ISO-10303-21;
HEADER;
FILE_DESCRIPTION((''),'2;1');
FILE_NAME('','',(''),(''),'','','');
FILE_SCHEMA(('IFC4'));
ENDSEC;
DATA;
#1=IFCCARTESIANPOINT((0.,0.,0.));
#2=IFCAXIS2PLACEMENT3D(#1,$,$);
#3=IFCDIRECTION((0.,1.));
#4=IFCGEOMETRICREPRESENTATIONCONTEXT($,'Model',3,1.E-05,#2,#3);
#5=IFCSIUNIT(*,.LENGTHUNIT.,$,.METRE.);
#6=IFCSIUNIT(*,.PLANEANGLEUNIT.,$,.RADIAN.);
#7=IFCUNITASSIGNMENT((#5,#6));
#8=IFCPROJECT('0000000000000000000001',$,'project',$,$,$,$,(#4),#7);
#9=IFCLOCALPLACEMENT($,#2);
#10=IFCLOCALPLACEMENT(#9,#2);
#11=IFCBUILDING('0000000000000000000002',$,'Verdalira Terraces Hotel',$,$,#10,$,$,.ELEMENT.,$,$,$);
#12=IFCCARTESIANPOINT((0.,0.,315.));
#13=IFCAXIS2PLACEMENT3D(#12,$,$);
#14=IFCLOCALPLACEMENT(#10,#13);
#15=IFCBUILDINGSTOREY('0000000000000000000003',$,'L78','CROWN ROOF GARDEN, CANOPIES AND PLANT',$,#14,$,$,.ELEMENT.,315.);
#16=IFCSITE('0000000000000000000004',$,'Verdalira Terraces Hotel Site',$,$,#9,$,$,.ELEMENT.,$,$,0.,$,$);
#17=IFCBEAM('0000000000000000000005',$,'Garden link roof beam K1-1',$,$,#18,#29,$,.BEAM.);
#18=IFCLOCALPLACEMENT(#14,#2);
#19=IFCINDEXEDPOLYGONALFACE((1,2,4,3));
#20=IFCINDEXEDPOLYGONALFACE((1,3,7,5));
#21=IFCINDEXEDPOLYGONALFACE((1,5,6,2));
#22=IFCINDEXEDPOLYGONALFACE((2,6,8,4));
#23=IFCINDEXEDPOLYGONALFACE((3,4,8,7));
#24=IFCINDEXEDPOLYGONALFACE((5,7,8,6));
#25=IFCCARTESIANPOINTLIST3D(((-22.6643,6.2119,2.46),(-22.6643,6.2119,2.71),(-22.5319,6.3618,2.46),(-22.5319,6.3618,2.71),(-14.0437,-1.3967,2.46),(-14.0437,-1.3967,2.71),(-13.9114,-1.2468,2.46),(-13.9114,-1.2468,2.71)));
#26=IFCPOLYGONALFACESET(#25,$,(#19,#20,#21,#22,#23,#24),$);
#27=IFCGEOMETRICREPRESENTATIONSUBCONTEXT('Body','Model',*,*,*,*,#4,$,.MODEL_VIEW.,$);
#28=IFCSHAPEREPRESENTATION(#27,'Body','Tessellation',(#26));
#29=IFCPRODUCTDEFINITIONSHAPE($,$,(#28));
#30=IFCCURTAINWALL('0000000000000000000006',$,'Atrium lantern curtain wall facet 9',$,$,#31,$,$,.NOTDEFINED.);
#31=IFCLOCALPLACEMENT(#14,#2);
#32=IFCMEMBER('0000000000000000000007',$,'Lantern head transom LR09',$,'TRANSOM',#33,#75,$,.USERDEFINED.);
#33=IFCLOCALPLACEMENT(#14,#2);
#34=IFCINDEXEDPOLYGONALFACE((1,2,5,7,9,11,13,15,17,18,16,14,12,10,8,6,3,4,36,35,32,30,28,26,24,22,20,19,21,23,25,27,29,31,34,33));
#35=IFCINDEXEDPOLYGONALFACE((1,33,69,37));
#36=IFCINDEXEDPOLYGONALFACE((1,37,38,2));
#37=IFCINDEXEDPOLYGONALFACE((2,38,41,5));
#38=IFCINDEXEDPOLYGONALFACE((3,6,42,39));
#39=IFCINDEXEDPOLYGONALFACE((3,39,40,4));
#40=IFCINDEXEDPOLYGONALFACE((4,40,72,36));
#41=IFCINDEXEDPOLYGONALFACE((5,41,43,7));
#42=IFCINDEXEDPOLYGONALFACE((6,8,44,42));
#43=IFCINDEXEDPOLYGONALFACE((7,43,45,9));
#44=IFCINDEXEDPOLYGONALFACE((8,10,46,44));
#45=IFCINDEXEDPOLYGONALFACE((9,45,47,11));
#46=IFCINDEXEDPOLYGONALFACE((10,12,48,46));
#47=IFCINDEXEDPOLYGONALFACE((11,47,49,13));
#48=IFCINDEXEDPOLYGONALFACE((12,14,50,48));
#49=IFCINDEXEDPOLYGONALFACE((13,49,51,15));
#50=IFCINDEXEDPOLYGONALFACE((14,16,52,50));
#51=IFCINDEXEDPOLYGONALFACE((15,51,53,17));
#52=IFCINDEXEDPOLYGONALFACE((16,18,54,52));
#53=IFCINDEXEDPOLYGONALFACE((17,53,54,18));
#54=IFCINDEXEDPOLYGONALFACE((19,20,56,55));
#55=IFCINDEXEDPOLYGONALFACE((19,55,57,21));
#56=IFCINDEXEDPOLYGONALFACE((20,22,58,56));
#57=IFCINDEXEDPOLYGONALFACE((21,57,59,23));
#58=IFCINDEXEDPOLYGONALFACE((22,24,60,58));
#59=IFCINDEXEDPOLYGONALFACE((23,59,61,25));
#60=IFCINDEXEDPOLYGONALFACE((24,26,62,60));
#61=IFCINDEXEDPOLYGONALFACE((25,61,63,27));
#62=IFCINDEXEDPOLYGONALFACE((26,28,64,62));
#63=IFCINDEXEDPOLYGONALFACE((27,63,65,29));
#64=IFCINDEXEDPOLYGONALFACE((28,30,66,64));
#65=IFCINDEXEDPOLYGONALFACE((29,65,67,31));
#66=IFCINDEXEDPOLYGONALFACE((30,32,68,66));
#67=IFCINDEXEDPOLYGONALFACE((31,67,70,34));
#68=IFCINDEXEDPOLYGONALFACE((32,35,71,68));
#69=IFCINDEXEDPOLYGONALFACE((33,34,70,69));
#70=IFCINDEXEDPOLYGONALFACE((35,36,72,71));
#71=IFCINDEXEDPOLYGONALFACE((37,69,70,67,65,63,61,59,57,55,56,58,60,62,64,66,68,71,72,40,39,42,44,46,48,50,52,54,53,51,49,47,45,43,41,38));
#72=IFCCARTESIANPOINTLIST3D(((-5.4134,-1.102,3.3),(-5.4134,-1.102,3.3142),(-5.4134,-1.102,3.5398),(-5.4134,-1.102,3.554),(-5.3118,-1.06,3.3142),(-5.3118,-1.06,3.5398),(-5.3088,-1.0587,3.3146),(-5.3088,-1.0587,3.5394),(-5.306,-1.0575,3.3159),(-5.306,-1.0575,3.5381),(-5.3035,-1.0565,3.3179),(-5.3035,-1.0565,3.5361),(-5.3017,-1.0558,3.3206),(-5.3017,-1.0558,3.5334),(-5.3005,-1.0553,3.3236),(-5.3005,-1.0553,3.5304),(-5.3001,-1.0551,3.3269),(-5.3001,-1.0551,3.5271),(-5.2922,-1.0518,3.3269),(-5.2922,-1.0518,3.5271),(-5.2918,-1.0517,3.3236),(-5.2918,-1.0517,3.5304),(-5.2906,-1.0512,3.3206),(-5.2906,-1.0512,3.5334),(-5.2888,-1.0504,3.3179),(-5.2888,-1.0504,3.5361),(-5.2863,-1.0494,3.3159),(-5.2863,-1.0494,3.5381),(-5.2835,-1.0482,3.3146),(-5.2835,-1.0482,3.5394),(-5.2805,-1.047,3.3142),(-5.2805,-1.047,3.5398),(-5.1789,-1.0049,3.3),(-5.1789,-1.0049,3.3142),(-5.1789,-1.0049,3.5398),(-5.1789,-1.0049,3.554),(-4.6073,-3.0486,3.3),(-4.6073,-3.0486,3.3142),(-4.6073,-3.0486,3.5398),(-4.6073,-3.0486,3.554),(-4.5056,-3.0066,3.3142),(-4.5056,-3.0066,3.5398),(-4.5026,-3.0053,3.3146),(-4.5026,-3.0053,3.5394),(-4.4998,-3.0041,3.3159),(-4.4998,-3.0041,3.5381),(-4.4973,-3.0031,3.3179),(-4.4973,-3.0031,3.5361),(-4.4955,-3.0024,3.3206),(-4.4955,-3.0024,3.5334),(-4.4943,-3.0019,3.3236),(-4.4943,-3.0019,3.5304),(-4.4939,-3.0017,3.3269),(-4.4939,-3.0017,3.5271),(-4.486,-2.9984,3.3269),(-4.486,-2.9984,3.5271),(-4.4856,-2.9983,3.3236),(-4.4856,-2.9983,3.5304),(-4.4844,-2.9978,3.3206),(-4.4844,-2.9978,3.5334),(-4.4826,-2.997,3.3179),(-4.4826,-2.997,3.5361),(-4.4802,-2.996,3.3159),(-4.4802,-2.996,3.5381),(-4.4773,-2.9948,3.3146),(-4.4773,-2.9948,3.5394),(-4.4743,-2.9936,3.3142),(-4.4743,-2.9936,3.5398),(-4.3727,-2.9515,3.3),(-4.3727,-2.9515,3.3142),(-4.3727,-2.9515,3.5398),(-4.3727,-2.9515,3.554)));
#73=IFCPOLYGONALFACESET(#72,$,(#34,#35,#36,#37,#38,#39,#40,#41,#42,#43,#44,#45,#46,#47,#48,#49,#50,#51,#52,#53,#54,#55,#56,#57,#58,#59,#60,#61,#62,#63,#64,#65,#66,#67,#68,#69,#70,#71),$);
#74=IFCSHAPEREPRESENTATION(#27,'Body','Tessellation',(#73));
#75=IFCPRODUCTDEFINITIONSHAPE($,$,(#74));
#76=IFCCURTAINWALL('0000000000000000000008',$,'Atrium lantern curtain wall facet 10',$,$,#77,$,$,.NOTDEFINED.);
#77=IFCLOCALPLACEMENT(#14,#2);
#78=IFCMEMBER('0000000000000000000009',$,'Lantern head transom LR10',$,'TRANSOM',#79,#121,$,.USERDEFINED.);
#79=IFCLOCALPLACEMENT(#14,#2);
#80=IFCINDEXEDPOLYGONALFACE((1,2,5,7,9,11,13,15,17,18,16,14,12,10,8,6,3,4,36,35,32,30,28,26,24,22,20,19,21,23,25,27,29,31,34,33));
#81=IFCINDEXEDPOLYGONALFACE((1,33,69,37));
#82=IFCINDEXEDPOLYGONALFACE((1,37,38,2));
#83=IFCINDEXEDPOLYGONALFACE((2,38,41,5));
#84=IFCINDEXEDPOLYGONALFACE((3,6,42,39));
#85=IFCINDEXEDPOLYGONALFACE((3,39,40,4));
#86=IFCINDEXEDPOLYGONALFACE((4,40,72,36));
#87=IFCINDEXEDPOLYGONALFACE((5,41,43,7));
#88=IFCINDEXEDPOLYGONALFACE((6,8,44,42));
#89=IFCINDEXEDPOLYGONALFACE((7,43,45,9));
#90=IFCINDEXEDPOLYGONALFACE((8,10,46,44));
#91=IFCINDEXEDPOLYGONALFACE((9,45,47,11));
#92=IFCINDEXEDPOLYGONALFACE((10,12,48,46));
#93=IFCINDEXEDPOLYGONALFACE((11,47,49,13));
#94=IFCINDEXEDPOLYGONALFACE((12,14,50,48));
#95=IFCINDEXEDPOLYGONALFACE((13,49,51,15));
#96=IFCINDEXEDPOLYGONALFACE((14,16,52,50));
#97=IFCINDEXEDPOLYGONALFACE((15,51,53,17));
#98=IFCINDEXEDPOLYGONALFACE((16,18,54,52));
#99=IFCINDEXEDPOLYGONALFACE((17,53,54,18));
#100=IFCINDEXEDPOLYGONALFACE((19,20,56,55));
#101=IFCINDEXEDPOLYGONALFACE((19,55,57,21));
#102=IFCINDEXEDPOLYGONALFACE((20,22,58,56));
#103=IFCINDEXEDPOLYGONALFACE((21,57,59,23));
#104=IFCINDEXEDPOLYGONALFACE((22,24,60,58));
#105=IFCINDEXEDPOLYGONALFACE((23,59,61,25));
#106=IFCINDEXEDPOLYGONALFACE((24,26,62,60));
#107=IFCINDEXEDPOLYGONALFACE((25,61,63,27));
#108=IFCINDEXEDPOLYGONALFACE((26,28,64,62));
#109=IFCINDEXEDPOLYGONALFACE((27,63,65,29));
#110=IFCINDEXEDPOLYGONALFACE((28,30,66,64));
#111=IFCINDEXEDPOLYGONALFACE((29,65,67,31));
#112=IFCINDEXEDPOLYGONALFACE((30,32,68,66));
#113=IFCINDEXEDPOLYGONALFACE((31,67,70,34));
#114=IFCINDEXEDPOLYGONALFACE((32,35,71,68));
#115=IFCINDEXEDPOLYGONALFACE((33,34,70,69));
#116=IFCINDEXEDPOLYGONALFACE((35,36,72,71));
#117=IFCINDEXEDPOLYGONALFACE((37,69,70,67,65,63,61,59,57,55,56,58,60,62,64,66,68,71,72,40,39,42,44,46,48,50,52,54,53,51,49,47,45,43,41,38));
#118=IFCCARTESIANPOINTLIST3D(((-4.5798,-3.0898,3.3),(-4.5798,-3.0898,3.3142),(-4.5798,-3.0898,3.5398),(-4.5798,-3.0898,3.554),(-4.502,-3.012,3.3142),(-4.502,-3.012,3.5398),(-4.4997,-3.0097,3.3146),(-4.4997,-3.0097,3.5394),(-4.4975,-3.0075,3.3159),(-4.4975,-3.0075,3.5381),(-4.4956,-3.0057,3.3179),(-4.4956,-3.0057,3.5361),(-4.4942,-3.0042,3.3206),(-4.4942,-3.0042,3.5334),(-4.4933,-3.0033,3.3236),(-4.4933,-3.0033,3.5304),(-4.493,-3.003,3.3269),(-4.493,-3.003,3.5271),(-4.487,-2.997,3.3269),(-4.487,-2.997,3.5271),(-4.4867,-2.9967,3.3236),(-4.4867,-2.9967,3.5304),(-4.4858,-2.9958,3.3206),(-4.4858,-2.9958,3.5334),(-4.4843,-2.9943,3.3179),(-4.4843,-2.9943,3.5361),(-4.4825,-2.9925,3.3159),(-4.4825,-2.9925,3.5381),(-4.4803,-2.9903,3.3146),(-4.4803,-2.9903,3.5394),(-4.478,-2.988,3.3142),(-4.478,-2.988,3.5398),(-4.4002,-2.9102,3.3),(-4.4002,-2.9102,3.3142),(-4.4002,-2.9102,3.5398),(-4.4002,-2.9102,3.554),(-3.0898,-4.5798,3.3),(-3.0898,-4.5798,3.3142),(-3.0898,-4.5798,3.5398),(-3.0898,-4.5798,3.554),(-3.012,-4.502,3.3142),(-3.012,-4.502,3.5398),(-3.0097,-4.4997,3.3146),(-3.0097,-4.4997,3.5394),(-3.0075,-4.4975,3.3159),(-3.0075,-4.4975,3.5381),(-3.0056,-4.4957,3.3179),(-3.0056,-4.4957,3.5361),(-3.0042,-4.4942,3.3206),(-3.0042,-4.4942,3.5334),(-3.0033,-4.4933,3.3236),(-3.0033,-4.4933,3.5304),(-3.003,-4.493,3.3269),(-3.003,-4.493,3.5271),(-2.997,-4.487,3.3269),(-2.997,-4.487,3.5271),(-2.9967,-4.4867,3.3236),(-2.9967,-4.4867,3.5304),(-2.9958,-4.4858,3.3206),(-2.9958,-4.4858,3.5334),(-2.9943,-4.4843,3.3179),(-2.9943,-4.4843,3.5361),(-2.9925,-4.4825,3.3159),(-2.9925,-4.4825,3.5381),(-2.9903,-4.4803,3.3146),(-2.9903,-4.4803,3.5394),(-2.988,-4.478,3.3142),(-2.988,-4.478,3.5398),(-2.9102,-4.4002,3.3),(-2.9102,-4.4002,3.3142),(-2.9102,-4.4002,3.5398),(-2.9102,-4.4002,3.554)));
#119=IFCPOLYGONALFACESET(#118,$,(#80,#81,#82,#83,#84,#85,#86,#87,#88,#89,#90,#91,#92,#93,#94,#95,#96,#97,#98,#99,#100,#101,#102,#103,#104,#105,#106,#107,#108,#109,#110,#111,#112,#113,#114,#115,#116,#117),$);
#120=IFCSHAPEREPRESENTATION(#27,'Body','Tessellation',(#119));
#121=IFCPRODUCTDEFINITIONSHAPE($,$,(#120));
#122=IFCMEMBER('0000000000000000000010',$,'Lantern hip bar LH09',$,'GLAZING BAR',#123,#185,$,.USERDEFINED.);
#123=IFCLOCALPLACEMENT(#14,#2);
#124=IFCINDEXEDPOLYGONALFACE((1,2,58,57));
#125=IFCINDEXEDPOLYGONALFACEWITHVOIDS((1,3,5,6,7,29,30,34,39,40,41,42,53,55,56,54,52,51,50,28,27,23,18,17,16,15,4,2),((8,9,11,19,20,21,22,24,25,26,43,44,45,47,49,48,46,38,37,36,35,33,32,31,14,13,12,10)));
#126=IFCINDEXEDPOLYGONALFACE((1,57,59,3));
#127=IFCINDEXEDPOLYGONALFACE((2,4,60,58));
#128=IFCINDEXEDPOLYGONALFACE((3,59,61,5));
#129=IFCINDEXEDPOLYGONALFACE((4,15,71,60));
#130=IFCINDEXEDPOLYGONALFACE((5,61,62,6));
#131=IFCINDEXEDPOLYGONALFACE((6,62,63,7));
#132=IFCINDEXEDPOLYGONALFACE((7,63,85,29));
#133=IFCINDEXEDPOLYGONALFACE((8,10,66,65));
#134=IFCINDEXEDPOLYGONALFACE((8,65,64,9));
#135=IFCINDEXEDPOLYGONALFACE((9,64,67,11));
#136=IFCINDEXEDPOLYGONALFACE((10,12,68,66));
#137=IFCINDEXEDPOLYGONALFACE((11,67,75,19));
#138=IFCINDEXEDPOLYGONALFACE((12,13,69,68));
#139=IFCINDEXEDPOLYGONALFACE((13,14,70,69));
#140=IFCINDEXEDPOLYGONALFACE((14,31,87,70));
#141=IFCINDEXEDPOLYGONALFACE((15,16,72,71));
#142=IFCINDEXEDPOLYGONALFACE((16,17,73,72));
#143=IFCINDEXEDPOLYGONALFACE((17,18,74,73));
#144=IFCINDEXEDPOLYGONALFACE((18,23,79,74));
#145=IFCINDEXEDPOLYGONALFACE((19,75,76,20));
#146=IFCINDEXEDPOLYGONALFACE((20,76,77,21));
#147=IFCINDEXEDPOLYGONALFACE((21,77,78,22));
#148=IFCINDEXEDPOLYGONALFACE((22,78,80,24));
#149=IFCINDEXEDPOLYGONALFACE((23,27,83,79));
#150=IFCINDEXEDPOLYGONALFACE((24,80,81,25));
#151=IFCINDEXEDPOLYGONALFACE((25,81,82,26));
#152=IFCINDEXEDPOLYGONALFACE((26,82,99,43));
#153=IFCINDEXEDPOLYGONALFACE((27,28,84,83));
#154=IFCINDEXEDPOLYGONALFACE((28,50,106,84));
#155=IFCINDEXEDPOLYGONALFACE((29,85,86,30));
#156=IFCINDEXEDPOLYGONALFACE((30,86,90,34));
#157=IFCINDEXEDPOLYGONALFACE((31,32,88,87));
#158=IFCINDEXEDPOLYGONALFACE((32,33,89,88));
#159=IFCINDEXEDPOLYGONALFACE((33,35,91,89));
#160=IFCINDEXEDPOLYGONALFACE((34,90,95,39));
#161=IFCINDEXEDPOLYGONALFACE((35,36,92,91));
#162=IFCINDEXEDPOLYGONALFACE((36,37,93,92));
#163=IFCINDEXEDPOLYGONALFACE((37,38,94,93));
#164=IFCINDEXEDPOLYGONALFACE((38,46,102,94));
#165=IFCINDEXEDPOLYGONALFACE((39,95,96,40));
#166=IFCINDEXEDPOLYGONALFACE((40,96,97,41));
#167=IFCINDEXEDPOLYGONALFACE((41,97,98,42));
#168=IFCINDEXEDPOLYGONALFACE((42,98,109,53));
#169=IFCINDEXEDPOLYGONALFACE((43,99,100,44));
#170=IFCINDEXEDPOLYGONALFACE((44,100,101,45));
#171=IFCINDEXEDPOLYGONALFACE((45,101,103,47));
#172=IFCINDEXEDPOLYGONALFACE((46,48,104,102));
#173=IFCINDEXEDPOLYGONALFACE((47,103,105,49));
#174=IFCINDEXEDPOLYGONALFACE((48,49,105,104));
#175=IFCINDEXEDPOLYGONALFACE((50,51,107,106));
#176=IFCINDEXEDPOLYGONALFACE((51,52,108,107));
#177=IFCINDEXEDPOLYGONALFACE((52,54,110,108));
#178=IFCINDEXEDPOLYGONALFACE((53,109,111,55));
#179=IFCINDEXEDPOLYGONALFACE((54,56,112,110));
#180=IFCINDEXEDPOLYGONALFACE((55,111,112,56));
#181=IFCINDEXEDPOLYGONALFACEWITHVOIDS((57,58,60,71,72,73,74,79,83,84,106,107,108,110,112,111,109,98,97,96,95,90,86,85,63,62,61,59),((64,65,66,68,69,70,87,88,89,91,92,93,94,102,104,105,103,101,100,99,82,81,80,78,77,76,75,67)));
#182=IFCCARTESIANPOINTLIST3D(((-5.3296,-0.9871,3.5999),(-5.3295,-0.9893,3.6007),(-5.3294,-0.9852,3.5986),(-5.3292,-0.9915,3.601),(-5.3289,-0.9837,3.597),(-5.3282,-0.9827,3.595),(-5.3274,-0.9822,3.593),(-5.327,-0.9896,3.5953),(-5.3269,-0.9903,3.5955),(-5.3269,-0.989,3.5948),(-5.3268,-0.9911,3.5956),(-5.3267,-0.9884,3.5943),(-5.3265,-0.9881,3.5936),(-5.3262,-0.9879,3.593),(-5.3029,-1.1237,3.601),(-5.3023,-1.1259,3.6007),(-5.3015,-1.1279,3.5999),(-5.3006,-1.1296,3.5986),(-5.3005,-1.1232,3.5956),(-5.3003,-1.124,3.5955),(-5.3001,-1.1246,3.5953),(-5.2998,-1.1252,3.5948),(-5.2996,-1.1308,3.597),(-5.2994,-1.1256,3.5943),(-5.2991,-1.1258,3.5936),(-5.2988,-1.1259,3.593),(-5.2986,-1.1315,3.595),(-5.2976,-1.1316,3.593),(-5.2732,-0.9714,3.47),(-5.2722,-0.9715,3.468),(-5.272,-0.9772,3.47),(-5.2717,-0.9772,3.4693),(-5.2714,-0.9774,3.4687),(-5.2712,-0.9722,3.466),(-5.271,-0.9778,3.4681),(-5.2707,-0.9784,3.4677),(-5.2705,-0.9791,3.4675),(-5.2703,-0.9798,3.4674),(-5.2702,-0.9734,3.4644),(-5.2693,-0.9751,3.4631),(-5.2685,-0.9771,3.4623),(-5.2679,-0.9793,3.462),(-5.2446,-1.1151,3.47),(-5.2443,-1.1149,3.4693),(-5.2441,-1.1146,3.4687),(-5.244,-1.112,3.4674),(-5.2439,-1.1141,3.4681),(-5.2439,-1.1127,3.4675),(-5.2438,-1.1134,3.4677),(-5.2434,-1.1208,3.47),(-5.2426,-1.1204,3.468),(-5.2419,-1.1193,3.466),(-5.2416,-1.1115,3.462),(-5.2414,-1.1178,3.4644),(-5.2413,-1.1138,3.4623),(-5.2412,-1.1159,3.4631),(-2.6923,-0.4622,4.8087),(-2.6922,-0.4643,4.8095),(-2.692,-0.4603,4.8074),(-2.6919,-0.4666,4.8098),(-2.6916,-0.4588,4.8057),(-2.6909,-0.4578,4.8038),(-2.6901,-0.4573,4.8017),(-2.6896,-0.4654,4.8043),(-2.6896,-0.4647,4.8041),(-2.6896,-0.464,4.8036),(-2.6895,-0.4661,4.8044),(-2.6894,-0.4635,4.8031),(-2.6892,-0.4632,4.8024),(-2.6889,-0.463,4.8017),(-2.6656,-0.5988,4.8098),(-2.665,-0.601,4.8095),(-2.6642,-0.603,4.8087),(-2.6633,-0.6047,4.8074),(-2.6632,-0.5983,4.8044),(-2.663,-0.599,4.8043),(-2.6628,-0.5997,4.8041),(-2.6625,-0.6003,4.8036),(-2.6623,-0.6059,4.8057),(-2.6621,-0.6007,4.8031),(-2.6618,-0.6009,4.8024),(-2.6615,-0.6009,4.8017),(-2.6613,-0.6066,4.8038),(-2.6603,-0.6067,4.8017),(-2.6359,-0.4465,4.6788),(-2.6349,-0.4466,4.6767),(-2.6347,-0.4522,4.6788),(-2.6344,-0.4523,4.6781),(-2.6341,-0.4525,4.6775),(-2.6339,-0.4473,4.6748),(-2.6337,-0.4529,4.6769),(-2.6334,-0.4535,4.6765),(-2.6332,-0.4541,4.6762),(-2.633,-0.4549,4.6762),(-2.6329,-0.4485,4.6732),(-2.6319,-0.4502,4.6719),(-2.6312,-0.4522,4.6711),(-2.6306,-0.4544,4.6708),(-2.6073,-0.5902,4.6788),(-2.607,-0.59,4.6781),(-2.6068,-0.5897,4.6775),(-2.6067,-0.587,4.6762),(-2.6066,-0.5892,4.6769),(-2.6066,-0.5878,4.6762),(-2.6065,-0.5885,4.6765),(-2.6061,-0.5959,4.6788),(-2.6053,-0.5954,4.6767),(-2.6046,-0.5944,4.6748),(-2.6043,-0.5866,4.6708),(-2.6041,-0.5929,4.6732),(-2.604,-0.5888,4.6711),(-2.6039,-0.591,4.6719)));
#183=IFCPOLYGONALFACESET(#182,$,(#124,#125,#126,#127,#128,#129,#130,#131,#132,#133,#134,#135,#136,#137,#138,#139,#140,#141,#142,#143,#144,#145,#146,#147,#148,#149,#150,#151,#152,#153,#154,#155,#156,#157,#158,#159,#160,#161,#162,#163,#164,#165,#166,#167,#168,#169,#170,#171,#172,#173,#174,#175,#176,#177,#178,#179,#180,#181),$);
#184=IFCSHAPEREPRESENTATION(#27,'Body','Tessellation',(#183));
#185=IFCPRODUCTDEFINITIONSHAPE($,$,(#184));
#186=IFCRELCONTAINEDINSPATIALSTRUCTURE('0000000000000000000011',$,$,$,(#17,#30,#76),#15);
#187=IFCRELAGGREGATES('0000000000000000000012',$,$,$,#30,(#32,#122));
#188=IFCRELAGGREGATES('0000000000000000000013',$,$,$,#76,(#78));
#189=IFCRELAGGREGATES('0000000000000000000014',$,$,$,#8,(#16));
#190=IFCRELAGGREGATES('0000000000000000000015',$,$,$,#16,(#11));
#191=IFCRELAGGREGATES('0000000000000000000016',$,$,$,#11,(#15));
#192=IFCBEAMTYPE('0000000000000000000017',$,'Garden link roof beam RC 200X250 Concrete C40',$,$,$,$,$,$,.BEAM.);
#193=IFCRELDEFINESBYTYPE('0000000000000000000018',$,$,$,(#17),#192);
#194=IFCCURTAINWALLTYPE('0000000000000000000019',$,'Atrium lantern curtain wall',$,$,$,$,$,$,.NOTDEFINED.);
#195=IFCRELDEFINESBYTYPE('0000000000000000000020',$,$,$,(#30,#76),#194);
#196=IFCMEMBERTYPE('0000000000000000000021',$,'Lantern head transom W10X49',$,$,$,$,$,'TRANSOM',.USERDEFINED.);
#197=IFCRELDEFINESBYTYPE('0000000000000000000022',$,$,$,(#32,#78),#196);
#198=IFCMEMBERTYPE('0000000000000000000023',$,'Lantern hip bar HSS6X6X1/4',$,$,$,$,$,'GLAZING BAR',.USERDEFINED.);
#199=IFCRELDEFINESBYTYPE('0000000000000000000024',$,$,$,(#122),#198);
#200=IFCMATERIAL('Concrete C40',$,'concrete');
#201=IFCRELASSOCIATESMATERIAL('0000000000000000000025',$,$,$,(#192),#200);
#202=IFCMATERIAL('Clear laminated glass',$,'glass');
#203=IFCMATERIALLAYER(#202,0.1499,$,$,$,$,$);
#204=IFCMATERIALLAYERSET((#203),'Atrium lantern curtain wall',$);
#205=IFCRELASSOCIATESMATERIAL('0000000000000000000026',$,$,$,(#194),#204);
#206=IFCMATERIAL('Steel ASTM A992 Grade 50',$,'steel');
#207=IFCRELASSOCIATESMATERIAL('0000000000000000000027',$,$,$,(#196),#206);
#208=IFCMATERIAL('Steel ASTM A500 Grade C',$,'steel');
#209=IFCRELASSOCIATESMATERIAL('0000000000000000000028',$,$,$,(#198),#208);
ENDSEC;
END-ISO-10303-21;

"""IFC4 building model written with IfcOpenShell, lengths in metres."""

from ifc_helpers import new_model, si_unit, direction, frame, origin, origin_2d, place, context, subcontext, project, spatial, rectangle, hollow_rectangle, i_section, extrude, material, layer, layer_set, material_profile, profile_set, type_object, element, aggregate, save


model = new_model("IFC4")

# Units and contexts
model_context = context("Model", 3, precision=1e-05, world=origin(), true_north=direction((0.0, 1.0)))
body_context = subcontext(model_context, "Body", "Model", "MODEL_VIEW")
ifc_project = project(units=[si_unit("LENGTHUNIT", "METRE"), si_unit("PLANEANGLEUNIT", "RADIAN")], contexts=[model_context])

# Site, building, storey
site_placement = place(None, origin())
site = spatial("IfcSite", under=ifc_project, at=site_placement, Name="Verdalira Terraces Hotel Site", CompositionType="ELEMENT", RefElevation=0.0)
building_placement = place(site_placement, origin())
building = spatial("IfcBuilding", under=site, at=building_placement, Name="Verdalira Terraces Hotel", CompositionType="ELEMENT")
storey_placement = place(building_placement, frame((0.0, 0.0, 315.0)))
storey = spatial("IfcBuildingStorey", under=building, at=storey_placement, Name="L78", Description="CROWN ROOF GARDEN, CANOPIES AND PLANT", CompositionType="ELEMENT", Elevation=315.0)

# Beam
ifc_material_1 = material(Name="Concrete C40", Category="concrete")
ifc_material_profile_1 = material_profile(ifc_material_1, rectangle(XDim=0.2, YDim=0.25, at=origin_2d()), Name="RC 200X250")
ifc_profile_set_1 = profile_set([ifc_material_profile_1], Name="Concrete C40")
beam_type = type_object("IfcBeamType", Name="Garden link roof beam RC 200X250 Concrete C40", PredefinedType="BEAM", material=ifc_profile_set_1)
beam_placement = place(storey_placement, frame((-13.9775, -1.3218, 2.585), z_axis=(-0.749742, 0.66173, 0.0), x_axis=(-0.66173, -0.749742, 0.0)))
element("IfcBeam", 1, at=beam_placement, inside=storey, type_object=beam_type, Name="Garden link roof beam K1-1", PredefinedType="BEAM", context=body_context, shape_type="SweptSolid", body=[
    extrude(rectangle(XDim=0.2, YDim=0.25, at=origin_2d()), origin(), (0.0, 0.0, 1.0), 11.498),
])

# Curtain walls, members
ifc_material_2 = material(Name="Clear laminated glass", Category="glass")
ifc_layer_1 = layer(ifc_material_2, 0.1499)
ifc_layer_set_1 = layer_set([ifc_layer_1], Name="Atrium lantern curtain wall")
curtain_wall_type = type_object("IfcCurtainWallType", Name="Atrium lantern curtain wall", PredefinedType="NOTDEFINED", material=ifc_layer_set_1)
curtain_wall_1_placement = place(storey_placement, origin())
curtain_wall_1 = element("IfcCurtainWall", 2, at=curtain_wall_1_placement, inside=storey, type_object=curtain_wall_type, Name="Atrium lantern curtain wall facet 9", PredefinedType="NOTDEFINED")
ifc_material_3 = material(Name="Steel ASTM A992 Grade 50", Category="steel")
ifc_material_profile_2 = material_profile(ifc_material_3, i_section(OverallWidth=0.2539, OverallDepth=0.2539, WebThickness=0.0085, FlangeThickness=0.0142, FilletRadius=0.0127, at=origin_2d()), Name="W10X49")
ifc_profile_set_2 = profile_set([ifc_material_profile_2], Name="Steel ASTM A992 Grade 50")
member_type_1 = type_object("IfcMemberType", Name="Lantern head transom W10X49", ElementType="TRANSOM", PredefinedType="USERDEFINED", material=ifc_profile_set_2)
member_1_placement = place(storey_placement, frame((-5.2961, -1.0535, 3.427), z_axis=(0.382632, -0.923901, 0.0), x_axis=(0.923901, 0.382632, 0.0)))
member_1 = element("IfcMember", 3, at=member_1_placement, type_object=member_type_1, Name="Lantern head transom LR09", ObjectType="TRANSOM", PredefinedType="USERDEFINED", context=body_context, shape_type="SweptSolid", body=[
    extrude(i_section(OverallWidth=0.2539, OverallDepth=0.2539, WebThickness=0.0085, FlangeThickness=0.0142, FilletRadius=0.0127, at=origin_2d()), origin(), (0.0, 0.0, 1.0), 2.1069),
])
curtain_wall_2_placement = place(storey_placement, origin())
curtain_wall_2 = element("IfcCurtainWall", 4, at=curtain_wall_2_placement, inside=storey, type_object=curtain_wall_type, Name="Atrium lantern curtain wall facet 10", PredefinedType="NOTDEFINED")
member_2_placement = place(storey_placement, frame((-4.49, -3.0, 3.427), z_axis=(0.707107, -0.707107, 0.0), x_axis=(0.707107, 0.707107, 0.0)))
member_2 = element("IfcMember", 5, at=member_2_placement, type_object=member_type_1, Name="Lantern head transom LR10", ObjectType="TRANSOM", PredefinedType="USERDEFINED", context=body_context, shape_type="SweptSolid", body=[
    extrude(i_section(OverallWidth=0.2539, OverallDepth=0.2539, WebThickness=0.0085, FlangeThickness=0.0142, FilletRadius=0.0127, at=origin_2d()), origin(), (0.0, 0.0, 1.0), 2.1072),
])

# Member
ifc_material_4 = material(Name="Steel ASTM A500 Grade C", Category="steel")
ifc_material_profile_3 = material_profile(ifc_material_4, hollow_rectangle(XDim=0.1523, YDim=0.1523, WallThickness=0.0059, InnerFilletRadius=0.0029, OuterFilletRadius=0.0088, at=origin_2d()), Name="HSS6X6X1/4")
ifc_profile_set_3 = profile_set([ifc_material_profile_3], Name="Steel ASTM A500 Grade C")
member_type_2 = type_object("IfcMemberType", Name="Lantern hip bar HSS6X6X1/4", ElementType="GLAZING BAR", PredefinedType="USERDEFINED", material=ifc_profile_set_3)
member_3_placement = place(storey_placement, frame((-5.2854, -1.0515, 3.5315), z_axis=(0.894537, 0.178046, 0.410003), x_axis=(-0.195208, 0.980762, 0.0)))
member_3 = element("IfcMember", 6, at=member_3_placement, type_object=member_type_2, Name="Lantern hip bar LH09", ObjectType="GLAZING BAR", PredefinedType="USERDEFINED", context=body_context, shape_type="SweptSolid", body=[
    extrude(hollow_rectangle(XDim=0.1523, YDim=0.1523, WallThickness=0.0059, InnerFilletRadius=0.0029, OuterFilletRadius=0.0088, at=origin_2d()), origin(), (0.0, 0.0, 1.0), 2.9482),
])

aggregate(curtain_wall_1, [member_1, member_3])
aggregate(curtain_wall_2, [member_2])

save(model, "model.ifc")
